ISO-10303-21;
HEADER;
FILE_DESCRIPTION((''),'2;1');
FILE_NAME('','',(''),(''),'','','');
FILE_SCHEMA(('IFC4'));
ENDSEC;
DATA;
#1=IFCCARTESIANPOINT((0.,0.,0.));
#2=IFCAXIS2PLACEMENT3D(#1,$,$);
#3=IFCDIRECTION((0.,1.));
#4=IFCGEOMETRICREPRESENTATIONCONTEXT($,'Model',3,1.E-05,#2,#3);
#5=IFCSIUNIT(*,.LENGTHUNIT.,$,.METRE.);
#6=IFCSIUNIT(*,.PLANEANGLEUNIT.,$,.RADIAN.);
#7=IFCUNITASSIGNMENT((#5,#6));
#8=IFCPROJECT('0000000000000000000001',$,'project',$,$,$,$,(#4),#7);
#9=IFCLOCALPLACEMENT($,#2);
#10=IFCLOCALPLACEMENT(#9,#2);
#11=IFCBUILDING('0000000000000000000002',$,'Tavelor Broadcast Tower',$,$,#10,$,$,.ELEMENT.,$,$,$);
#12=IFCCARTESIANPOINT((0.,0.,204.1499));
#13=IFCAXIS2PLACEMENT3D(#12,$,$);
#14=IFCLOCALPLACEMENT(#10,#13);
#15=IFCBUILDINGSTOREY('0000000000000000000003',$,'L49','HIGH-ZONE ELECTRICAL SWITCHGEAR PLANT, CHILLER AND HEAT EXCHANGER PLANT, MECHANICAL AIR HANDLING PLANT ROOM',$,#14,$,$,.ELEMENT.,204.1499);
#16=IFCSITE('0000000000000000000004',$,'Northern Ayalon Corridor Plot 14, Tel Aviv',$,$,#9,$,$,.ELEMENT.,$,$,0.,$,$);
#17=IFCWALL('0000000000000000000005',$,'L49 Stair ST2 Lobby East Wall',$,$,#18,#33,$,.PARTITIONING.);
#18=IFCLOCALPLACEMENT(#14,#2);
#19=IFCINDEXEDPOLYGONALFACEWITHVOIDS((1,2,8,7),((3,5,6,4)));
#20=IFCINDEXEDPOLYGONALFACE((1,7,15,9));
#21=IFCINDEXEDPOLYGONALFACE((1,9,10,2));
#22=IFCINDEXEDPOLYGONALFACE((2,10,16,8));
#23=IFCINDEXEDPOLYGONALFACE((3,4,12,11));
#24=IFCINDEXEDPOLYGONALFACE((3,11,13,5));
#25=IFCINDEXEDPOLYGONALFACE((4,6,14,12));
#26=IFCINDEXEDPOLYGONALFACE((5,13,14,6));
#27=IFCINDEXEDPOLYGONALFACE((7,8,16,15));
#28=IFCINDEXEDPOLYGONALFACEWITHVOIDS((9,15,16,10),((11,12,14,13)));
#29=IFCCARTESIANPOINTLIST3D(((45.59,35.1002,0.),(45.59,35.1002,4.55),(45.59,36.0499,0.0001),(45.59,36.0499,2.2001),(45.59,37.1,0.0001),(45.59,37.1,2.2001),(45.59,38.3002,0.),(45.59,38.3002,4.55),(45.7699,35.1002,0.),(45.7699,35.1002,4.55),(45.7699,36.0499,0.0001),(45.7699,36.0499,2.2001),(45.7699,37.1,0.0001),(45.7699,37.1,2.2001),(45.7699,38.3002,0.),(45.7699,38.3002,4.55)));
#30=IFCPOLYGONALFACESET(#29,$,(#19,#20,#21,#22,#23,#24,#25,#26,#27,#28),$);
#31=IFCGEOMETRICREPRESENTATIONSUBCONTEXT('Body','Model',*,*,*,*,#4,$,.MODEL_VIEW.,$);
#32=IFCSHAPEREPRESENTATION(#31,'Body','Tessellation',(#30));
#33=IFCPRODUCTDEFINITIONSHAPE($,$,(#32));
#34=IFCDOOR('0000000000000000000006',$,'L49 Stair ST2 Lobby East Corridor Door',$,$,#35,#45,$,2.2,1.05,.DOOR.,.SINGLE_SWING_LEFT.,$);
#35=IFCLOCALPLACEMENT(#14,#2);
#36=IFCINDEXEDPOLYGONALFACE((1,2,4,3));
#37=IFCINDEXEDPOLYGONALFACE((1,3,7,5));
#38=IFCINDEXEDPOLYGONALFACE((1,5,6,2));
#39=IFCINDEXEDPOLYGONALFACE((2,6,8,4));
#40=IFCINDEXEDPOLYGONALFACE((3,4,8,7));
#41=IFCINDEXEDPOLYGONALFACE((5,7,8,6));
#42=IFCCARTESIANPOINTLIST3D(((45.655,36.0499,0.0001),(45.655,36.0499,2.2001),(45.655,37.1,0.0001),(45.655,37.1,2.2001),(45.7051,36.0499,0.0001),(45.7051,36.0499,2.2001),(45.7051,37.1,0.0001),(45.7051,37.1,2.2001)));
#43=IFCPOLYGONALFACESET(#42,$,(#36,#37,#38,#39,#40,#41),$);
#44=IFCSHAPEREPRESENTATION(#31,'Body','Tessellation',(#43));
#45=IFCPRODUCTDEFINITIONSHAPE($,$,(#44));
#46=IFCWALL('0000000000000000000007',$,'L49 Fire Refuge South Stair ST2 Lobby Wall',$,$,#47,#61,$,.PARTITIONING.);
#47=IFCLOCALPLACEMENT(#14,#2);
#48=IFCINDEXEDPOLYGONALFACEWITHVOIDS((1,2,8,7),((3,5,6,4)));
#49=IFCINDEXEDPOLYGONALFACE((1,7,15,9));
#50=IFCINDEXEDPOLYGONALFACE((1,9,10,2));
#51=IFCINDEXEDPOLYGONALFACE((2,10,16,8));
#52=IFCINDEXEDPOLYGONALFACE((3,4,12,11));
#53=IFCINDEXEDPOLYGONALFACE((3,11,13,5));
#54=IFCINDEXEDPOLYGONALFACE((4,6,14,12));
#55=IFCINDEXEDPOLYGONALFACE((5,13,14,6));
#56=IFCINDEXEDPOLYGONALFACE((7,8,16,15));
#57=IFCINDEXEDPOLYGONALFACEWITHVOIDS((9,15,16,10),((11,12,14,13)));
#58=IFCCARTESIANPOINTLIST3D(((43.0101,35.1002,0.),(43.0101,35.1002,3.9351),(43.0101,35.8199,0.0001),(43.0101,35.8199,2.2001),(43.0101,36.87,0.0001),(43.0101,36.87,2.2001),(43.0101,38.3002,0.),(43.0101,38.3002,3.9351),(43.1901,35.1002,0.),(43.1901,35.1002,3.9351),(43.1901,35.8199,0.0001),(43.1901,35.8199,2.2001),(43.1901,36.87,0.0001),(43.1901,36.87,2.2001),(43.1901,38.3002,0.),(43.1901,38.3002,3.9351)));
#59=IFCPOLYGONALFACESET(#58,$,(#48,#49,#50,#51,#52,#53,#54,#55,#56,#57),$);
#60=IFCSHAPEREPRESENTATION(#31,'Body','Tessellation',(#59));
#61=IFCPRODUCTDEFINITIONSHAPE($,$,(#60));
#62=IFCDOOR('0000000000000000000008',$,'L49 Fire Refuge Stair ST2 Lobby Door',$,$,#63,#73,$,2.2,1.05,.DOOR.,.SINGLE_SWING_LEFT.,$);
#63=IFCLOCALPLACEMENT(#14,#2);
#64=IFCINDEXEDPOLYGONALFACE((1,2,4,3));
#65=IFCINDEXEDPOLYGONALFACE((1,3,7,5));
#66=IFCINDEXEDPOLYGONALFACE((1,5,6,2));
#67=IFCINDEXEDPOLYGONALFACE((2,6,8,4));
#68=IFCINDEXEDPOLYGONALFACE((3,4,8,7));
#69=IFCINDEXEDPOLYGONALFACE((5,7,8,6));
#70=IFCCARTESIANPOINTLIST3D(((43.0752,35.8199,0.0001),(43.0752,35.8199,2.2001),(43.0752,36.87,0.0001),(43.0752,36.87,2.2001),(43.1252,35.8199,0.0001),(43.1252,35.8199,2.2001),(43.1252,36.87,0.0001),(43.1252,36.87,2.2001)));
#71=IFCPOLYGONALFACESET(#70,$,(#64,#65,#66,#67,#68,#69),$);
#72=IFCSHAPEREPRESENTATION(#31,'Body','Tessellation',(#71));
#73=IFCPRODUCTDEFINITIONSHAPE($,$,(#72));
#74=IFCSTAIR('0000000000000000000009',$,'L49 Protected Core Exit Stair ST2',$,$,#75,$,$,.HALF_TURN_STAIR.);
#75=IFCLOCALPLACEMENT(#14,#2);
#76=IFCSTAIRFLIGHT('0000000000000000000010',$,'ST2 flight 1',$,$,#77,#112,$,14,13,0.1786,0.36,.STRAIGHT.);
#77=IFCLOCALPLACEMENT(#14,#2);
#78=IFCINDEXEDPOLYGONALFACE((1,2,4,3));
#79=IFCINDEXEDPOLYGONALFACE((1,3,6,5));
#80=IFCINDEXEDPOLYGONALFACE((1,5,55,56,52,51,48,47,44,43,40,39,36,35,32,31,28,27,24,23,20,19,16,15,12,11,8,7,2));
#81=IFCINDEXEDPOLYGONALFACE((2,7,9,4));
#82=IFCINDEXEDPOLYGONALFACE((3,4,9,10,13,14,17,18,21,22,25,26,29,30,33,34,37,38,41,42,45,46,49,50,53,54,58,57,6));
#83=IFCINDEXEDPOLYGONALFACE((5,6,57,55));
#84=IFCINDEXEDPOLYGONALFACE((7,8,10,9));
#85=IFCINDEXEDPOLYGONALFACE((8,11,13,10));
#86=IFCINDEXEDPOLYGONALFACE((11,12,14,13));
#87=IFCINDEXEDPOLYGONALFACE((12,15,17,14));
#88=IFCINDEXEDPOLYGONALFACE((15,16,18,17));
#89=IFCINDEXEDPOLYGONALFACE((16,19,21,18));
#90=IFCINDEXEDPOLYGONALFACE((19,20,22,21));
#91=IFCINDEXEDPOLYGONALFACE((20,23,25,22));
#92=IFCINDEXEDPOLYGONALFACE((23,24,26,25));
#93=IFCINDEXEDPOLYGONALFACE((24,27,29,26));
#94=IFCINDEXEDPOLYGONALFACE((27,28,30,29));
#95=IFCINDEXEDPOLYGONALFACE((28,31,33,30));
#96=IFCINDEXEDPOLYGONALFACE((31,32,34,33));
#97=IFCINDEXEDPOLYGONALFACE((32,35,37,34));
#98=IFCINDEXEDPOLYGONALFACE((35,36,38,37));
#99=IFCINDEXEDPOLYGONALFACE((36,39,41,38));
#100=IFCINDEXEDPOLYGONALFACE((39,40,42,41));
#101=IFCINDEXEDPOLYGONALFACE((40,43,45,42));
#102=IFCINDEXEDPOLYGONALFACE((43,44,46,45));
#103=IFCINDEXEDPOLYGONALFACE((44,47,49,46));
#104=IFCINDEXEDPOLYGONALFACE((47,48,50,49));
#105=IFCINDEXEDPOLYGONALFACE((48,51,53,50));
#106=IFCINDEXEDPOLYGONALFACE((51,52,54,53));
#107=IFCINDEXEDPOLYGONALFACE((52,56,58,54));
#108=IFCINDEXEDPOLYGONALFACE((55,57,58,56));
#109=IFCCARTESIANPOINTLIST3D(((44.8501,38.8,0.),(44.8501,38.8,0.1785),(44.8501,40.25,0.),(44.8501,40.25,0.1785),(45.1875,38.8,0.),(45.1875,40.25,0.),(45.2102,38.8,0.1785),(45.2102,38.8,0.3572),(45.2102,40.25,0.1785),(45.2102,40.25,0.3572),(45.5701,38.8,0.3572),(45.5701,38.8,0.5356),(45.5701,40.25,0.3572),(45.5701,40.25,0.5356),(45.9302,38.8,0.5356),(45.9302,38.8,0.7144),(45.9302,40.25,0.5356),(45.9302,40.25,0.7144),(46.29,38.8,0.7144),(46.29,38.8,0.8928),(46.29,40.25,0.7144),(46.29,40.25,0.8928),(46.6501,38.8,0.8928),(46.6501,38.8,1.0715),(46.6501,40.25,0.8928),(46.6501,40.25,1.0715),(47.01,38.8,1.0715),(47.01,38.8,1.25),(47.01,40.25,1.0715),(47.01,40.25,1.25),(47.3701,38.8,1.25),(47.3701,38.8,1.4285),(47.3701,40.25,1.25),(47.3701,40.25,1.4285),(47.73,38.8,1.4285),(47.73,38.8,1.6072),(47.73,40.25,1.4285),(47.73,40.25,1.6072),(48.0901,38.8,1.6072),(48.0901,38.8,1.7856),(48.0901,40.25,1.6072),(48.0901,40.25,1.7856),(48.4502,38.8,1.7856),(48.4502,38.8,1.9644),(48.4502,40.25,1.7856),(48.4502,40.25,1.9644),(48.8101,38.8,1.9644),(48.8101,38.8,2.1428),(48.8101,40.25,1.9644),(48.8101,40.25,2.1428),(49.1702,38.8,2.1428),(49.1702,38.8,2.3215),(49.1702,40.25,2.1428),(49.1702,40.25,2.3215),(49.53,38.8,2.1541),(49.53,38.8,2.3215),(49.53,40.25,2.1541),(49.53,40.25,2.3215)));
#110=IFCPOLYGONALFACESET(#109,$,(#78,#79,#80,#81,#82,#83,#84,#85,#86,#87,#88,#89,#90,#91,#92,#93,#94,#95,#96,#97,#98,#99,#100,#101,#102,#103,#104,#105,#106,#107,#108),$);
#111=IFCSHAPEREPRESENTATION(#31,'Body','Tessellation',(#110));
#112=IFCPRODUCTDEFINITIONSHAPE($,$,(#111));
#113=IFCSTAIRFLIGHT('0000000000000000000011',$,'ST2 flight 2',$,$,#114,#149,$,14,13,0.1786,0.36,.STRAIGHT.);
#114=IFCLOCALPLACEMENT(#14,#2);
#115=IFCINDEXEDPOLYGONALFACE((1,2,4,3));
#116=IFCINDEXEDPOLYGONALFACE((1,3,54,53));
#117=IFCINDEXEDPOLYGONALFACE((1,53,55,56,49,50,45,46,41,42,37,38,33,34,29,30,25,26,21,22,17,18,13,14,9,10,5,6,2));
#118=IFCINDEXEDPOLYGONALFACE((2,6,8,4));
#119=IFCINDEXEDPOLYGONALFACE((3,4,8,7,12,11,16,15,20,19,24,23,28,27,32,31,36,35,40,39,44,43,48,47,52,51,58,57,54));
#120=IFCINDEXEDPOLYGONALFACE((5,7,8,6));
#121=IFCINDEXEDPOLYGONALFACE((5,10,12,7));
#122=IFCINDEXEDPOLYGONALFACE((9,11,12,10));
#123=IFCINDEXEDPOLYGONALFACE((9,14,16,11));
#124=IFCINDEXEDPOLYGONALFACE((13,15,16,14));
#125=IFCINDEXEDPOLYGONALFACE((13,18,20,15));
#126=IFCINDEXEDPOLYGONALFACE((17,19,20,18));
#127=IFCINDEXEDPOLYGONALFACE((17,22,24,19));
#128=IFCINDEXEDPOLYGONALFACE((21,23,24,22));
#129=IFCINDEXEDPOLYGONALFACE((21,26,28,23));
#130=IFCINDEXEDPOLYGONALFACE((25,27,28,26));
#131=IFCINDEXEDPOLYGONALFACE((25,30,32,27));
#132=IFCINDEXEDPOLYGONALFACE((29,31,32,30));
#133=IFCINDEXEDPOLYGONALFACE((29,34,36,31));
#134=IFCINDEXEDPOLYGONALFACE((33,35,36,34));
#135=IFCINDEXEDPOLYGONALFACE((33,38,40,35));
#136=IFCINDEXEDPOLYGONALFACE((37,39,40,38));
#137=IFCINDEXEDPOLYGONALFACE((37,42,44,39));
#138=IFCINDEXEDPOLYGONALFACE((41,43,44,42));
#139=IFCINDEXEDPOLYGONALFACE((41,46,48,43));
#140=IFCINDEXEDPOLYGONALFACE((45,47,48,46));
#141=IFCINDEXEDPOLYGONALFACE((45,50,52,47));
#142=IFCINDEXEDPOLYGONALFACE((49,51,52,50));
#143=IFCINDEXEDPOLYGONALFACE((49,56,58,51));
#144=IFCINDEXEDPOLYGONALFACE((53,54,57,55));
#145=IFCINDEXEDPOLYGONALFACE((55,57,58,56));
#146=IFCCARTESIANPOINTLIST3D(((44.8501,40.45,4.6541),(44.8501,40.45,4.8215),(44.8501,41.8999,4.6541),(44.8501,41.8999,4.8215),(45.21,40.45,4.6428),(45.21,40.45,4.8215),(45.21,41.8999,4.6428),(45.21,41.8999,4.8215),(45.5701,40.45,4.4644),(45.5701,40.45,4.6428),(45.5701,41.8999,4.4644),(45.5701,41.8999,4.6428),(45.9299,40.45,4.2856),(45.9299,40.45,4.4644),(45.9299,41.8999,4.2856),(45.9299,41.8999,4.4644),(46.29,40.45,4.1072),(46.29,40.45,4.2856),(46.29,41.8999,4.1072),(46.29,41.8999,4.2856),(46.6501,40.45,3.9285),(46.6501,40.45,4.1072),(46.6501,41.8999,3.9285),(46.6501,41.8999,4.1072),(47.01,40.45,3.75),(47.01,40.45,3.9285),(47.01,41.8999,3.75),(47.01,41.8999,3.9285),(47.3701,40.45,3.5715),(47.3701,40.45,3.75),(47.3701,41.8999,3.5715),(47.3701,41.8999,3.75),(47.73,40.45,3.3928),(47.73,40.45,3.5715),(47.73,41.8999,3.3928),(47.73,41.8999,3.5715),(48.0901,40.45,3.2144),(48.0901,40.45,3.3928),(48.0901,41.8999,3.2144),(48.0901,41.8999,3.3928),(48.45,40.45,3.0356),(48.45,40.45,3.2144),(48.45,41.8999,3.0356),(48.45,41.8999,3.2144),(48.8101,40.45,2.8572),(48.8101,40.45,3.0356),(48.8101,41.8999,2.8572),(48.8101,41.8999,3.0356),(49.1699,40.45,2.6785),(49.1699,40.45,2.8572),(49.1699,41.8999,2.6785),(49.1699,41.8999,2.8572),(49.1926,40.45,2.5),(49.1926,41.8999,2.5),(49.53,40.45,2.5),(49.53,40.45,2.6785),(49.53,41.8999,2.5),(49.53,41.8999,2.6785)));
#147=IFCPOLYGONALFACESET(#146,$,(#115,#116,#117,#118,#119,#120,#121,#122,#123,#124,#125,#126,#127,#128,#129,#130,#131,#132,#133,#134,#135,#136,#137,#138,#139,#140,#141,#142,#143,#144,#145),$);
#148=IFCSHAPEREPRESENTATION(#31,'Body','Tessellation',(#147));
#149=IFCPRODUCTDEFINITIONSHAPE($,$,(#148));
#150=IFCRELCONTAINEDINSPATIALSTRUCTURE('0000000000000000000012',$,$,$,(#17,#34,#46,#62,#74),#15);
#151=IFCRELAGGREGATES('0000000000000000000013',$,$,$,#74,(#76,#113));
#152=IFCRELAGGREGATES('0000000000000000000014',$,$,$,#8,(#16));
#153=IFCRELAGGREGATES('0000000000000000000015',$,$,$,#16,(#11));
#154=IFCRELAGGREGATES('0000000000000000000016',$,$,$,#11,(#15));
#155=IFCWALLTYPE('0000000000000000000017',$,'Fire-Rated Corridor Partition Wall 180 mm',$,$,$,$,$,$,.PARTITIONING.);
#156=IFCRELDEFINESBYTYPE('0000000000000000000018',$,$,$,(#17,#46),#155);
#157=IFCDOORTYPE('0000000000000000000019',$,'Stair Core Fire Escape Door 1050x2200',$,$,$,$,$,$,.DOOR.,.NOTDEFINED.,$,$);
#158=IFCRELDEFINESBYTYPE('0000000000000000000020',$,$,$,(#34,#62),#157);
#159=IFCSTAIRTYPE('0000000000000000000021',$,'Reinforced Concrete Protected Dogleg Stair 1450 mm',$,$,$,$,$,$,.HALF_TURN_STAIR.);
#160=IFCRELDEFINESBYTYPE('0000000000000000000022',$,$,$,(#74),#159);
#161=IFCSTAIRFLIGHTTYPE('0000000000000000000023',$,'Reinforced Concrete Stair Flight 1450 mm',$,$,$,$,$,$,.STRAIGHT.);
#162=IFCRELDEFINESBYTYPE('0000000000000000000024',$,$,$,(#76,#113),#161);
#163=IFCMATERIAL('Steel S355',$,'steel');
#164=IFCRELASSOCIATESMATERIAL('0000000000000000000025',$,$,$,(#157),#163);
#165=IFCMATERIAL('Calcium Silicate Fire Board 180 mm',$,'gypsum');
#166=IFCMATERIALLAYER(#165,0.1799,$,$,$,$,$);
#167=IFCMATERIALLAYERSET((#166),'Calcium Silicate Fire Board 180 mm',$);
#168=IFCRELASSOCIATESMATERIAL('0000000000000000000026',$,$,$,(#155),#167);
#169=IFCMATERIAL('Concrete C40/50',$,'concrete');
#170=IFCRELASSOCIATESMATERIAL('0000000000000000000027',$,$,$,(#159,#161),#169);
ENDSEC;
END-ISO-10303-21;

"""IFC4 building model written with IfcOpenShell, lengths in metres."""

from ifc_helpers import new_model, si_unit, direction, frame, frame_2d, origin, place, context, subcontext, project, spatial, polyline, rectangle, outline, extrude, material, layer, layer_set, type_object, element, fill, aggregate, save


model = new_model("IFC4")

# Units and contexts
model_context = context("Model", 3, precision=1e-05, world=origin(), true_north=direction((0.0, 1.0)))
body_context = subcontext(model_context, "Body", "Model", "MODEL_VIEW")
ifc_project = project(units=[si_unit("LENGTHUNIT", "METRE"), si_unit("PLANEANGLEUNIT", "RADIAN")], contexts=[model_context])

# Site, building, storey
site_placement = place(None, origin())
site = spatial("IfcSite", under=ifc_project, at=site_placement, Name="Northern Ayalon Corridor Plot 14, Tel Aviv", CompositionType="ELEMENT", RefElevation=0.0)
building_placement = place(site_placement, origin())
building = spatial("IfcBuilding", under=site, at=building_placement, Name="Tavelor Broadcast Tower", CompositionType="ELEMENT")
storey_placement = place(building_placement, frame((0.0, 0.0, 204.1499)))
storey = spatial("IfcBuildingStorey", under=building, at=storey_placement, Name="L49", Description="HIGH-ZONE ELECTRICAL SWITCHGEAR PLANT, CHILLER AND HEAT EXCHANGER PLANT, MECHANICAL AIR HANDLING PLANT ROOM", CompositionType="ELEMENT", Elevation=204.1499)

# Shared definitions
ifc_material_1 = material(Name="Concrete C40/50", Category="concrete")
ifc_material_2 = material(Name="Steel S355", Category="steel")

# Shared definitions
door_type = type_object("IfcDoorType", Name="Stair Core Fire Escape Door 1050x2200", OperationType="NOTDEFINED", PredefinedType="DOOR", material=ifc_material_2)

# Walls, openings, doors
ifc_material_3 = material(Name="Calcium Silicate Fire Board 180 mm", Category="gypsum")
ifc_layer_1 = layer(ifc_material_3, 0.1799)
ifc_layer_set_1 = layer_set([ifc_layer_1], Name="Calcium Silicate Fire Board 180 mm")
wall_type_1 = type_object("IfcWallType", Name="Fire-Rated Corridor Partition Wall 180 mm", PredefinedType="PARTITIONING", material=ifc_layer_set_1)
wall_1_placement = place(storey_placement, frame((45.6799, 35.1001, 0.0), z_axis=(0.0, 0.0, 1.0), x_axis=(0.0, 1.0, 0.0)))
wall_1 = element("IfcWall", 1, at=wall_1_placement, inside=storey, type_object=wall_type_1, Name="L49 Stair ST2 Lobby East Wall", PredefinedType="PARTITIONING", context=body_context, shape_type="SweptSolid", body=[
    extrude(rectangle(XDim=3.2, YDim=0.1799, at=frame_2d((1.6001, 0.0))), origin(), (0.0, 0.0, 1.0), 4.55),
])
opening_1_placement = place(wall_1_placement, frame((0.95, 0.0, 0.0)))
opening_1 = element("IfcOpeningElement", 2, at=opening_1_placement, cuts=wall_1, PredefinedType="OPENING", context=body_context, shape_type="SweptSolid", body=[
    extrude(rectangle(XDim=1.05, YDim=2.2, at=frame_2d((0.5249, 1.1001))), frame((0.0, 0.1001, 0.0), z_axis=(0.0, -1.0, 0.0), x_axis=(1.0, 0.0, 0.0)), (0.0, 0.0, 1.0), 0.2),
])
door_1_placement = place(opening_1_placement, origin())
door_1 = element("IfcDoor", 3, at=door_1_placement, inside=storey, type_object=door_type, Name="L49 Stair ST2 Lobby East Corridor Door", OperationType="SINGLE_SWING_LEFT", OverallHeight=2.2, OverallWidth=1.05, PredefinedType="DOOR", context=body_context, shape_type="SweptSolid", body=[
    extrude(rectangle(XDim=1.05, YDim=2.2, at=frame_2d((0.5249, 1.1001))), frame((0.0, 0.0249, 0.0), z_axis=(0.0, -1.0, 0.0), x_axis=(1.0, 0.0, 0.0)), (0.0, 0.0, 1.0), 0.05),
])
fill(opening_1, door_1)
wall_2_placement = place(storey_placement, frame((43.1001, 35.1001, 0.0), z_axis=(0.0, 0.0, 1.0), x_axis=(0.0, 1.0, 0.0)))
wall_2 = element("IfcWall", 4, at=wall_2_placement, inside=storey, type_object=wall_type_1, Name="L49 Fire Refuge South Stair ST2 Lobby Wall", PredefinedType="PARTITIONING", context=body_context, shape_type="SweptSolid", body=[
    extrude(rectangle(XDim=3.2, YDim=0.1799, at=frame_2d((1.6001, 0.0))), origin(), (0.0, 0.0, 1.0), 3.9351),
])
opening_2_placement = place(wall_2_placement, frame((0.72, 0.0, 0.0)))
opening_2 = element("IfcOpeningElement", 5, at=opening_2_placement, cuts=wall_2, PredefinedType="OPENING", context=body_context, shape_type="SweptSolid", body=[
    extrude(rectangle(XDim=1.05, YDim=2.2, at=frame_2d((0.5249, 1.1001))), frame((0.0, 0.1001, 0.0), z_axis=(0.0, -1.0, 0.0), x_axis=(1.0, 0.0, 0.0)), (0.0, 0.0, 1.0), 0.2),
])
door_2_placement = place(opening_2_placement, origin())
door_2 = element("IfcDoor", 6, at=door_2_placement, inside=storey, type_object=door_type, Name="L49 Fire Refuge Stair ST2 Lobby Door", OperationType="SINGLE_SWING_LEFT", OverallHeight=2.2, OverallWidth=1.05, PredefinedType="DOOR", context=body_context, shape_type="SweptSolid", body=[
    extrude(rectangle(XDim=1.05, YDim=2.2, at=frame_2d((0.5249, 1.1001))), frame((0.0, 0.0249, 0.0), z_axis=(0.0, -1.0, 0.0), x_axis=(1.0, 0.0, 0.0)), (0.0, 0.0, 1.0), 0.05),
])
fill(opening_2, door_2)

# Stair, stair flights
stair_type = type_object("IfcStairType", Name="Reinforced Concrete Protected Dogleg Stair 1450 mm", PredefinedType="HALF_TURN_STAIR", material=ifc_material_1)
stair_placement = place(storey_placement, origin())
stair = element("IfcStair", 7, at=stair_placement, inside=storey, type_object=stair_type, Name="L49 Protected Core Exit Stair ST2", PredefinedType="HALF_TURN_STAIR")
stair_flight_type = type_object("IfcStairFlightType", Name="Reinforced Concrete Stair Flight 1450 mm", PredefinedType="STRAIGHT", material=ifc_material_1)
stair_flight_1_placement = place(storey_placement, frame((44.8501, 39.5249, 0.0), z_axis=(0.0, 0.0, 1.0), x_axis=(1.0, 0.0, 0.0)))
stair_flight_1 = element("IfcStairFlight", 8, at=stair_flight_1_placement, type_object=stair_flight_type, Name="ST2 flight 1", NumberOfRisers=14, NumberOfTreads=13, PredefinedType="STRAIGHT", RiserHeight=0.1786, TreadLength=0.36, context=body_context, shape_type="SweptSolid", body=[
    extrude(outline(polyline([(0.0, 0.0), (0.0, 0.1785), (0.3601, 0.1785), (0.3601, 0.3572), (0.72, 0.3572), (0.72, 0.5356), (1.0801, 0.5356), (1.0801, 0.7144), (1.4399, 0.7144), (1.4399, 0.8928), (1.8, 0.8928), (1.8, 1.0715), (2.1599, 1.0715), (2.1599, 1.25), (2.52, 1.25), (2.52, 1.4285), (2.8799, 1.4285), (2.8799, 1.6072), (3.24, 1.6072), (3.24, 1.7856), (3.6001, 1.7856), (3.6001, 1.9644), (3.96, 1.9644), (3.96, 2.1428), (4.3201, 2.1428), (4.3201, 2.3215), (4.6799, 2.3215), (4.6799, 2.5), (4.6799, 2.1541), (0.3374, 0.0), (0.0, 0.0)])), frame((0.0, 0.7251, 0.0), z_axis=(0.0, -1.0, 0.0), x_axis=(1.0, 0.0, 0.0)), (0.0, 0.0, 1.0), 1.45),
])
stair_flight_2_placement = place(storey_placement, frame((49.53, 41.175, 2.5), z_axis=(0.0, 0.0, 1.0), x_axis=(-1.0, 0.0, 0.0)))
stair_flight_2 = element("IfcStairFlight", 9, at=stair_flight_2_placement, type_object=stair_flight_type, Name="ST2 flight 2", NumberOfRisers=14, NumberOfTreads=13, PredefinedType="STRAIGHT", RiserHeight=0.1786, TreadLength=0.36, context=body_context, shape_type="SweptSolid", body=[
    extrude(outline(polyline([(0.0, 0.0), (0.0, 0.1785), (0.3601, 0.1785), (0.3601, 0.3572), (0.72, 0.3572), (0.72, 0.5356), (1.0801, 0.5356), (1.0801, 0.7144), (1.4399, 0.7144), (1.4399, 0.8928), (1.8, 0.8928), (1.8, 1.0715), (2.1599, 1.0715), (2.1599, 1.25), (2.52, 1.25), (2.52, 1.4285), (2.8799, 1.4285), (2.8799, 1.6072), (3.24, 1.6072), (3.24, 1.7856), (3.6001, 1.7856), (3.6001, 1.9644), (3.96, 1.9644), (3.96, 2.1428), (4.3201, 2.1428), (4.3201, 2.3215), (4.6799, 2.3215), (4.6799, 2.5), (4.6799, 2.1541), (0.3374, 0.0), (0.0, 0.0)])), frame((0.0, 0.7251, 0.0), z_axis=(0.0, -1.0, 0.0), x_axis=(1.0, 0.0, 0.0)), (0.0, 0.0, 1.0), 1.45),
])
aggregate(stair, [stair_flight_1, stair_flight_2])

save(model, "model.ifc")
